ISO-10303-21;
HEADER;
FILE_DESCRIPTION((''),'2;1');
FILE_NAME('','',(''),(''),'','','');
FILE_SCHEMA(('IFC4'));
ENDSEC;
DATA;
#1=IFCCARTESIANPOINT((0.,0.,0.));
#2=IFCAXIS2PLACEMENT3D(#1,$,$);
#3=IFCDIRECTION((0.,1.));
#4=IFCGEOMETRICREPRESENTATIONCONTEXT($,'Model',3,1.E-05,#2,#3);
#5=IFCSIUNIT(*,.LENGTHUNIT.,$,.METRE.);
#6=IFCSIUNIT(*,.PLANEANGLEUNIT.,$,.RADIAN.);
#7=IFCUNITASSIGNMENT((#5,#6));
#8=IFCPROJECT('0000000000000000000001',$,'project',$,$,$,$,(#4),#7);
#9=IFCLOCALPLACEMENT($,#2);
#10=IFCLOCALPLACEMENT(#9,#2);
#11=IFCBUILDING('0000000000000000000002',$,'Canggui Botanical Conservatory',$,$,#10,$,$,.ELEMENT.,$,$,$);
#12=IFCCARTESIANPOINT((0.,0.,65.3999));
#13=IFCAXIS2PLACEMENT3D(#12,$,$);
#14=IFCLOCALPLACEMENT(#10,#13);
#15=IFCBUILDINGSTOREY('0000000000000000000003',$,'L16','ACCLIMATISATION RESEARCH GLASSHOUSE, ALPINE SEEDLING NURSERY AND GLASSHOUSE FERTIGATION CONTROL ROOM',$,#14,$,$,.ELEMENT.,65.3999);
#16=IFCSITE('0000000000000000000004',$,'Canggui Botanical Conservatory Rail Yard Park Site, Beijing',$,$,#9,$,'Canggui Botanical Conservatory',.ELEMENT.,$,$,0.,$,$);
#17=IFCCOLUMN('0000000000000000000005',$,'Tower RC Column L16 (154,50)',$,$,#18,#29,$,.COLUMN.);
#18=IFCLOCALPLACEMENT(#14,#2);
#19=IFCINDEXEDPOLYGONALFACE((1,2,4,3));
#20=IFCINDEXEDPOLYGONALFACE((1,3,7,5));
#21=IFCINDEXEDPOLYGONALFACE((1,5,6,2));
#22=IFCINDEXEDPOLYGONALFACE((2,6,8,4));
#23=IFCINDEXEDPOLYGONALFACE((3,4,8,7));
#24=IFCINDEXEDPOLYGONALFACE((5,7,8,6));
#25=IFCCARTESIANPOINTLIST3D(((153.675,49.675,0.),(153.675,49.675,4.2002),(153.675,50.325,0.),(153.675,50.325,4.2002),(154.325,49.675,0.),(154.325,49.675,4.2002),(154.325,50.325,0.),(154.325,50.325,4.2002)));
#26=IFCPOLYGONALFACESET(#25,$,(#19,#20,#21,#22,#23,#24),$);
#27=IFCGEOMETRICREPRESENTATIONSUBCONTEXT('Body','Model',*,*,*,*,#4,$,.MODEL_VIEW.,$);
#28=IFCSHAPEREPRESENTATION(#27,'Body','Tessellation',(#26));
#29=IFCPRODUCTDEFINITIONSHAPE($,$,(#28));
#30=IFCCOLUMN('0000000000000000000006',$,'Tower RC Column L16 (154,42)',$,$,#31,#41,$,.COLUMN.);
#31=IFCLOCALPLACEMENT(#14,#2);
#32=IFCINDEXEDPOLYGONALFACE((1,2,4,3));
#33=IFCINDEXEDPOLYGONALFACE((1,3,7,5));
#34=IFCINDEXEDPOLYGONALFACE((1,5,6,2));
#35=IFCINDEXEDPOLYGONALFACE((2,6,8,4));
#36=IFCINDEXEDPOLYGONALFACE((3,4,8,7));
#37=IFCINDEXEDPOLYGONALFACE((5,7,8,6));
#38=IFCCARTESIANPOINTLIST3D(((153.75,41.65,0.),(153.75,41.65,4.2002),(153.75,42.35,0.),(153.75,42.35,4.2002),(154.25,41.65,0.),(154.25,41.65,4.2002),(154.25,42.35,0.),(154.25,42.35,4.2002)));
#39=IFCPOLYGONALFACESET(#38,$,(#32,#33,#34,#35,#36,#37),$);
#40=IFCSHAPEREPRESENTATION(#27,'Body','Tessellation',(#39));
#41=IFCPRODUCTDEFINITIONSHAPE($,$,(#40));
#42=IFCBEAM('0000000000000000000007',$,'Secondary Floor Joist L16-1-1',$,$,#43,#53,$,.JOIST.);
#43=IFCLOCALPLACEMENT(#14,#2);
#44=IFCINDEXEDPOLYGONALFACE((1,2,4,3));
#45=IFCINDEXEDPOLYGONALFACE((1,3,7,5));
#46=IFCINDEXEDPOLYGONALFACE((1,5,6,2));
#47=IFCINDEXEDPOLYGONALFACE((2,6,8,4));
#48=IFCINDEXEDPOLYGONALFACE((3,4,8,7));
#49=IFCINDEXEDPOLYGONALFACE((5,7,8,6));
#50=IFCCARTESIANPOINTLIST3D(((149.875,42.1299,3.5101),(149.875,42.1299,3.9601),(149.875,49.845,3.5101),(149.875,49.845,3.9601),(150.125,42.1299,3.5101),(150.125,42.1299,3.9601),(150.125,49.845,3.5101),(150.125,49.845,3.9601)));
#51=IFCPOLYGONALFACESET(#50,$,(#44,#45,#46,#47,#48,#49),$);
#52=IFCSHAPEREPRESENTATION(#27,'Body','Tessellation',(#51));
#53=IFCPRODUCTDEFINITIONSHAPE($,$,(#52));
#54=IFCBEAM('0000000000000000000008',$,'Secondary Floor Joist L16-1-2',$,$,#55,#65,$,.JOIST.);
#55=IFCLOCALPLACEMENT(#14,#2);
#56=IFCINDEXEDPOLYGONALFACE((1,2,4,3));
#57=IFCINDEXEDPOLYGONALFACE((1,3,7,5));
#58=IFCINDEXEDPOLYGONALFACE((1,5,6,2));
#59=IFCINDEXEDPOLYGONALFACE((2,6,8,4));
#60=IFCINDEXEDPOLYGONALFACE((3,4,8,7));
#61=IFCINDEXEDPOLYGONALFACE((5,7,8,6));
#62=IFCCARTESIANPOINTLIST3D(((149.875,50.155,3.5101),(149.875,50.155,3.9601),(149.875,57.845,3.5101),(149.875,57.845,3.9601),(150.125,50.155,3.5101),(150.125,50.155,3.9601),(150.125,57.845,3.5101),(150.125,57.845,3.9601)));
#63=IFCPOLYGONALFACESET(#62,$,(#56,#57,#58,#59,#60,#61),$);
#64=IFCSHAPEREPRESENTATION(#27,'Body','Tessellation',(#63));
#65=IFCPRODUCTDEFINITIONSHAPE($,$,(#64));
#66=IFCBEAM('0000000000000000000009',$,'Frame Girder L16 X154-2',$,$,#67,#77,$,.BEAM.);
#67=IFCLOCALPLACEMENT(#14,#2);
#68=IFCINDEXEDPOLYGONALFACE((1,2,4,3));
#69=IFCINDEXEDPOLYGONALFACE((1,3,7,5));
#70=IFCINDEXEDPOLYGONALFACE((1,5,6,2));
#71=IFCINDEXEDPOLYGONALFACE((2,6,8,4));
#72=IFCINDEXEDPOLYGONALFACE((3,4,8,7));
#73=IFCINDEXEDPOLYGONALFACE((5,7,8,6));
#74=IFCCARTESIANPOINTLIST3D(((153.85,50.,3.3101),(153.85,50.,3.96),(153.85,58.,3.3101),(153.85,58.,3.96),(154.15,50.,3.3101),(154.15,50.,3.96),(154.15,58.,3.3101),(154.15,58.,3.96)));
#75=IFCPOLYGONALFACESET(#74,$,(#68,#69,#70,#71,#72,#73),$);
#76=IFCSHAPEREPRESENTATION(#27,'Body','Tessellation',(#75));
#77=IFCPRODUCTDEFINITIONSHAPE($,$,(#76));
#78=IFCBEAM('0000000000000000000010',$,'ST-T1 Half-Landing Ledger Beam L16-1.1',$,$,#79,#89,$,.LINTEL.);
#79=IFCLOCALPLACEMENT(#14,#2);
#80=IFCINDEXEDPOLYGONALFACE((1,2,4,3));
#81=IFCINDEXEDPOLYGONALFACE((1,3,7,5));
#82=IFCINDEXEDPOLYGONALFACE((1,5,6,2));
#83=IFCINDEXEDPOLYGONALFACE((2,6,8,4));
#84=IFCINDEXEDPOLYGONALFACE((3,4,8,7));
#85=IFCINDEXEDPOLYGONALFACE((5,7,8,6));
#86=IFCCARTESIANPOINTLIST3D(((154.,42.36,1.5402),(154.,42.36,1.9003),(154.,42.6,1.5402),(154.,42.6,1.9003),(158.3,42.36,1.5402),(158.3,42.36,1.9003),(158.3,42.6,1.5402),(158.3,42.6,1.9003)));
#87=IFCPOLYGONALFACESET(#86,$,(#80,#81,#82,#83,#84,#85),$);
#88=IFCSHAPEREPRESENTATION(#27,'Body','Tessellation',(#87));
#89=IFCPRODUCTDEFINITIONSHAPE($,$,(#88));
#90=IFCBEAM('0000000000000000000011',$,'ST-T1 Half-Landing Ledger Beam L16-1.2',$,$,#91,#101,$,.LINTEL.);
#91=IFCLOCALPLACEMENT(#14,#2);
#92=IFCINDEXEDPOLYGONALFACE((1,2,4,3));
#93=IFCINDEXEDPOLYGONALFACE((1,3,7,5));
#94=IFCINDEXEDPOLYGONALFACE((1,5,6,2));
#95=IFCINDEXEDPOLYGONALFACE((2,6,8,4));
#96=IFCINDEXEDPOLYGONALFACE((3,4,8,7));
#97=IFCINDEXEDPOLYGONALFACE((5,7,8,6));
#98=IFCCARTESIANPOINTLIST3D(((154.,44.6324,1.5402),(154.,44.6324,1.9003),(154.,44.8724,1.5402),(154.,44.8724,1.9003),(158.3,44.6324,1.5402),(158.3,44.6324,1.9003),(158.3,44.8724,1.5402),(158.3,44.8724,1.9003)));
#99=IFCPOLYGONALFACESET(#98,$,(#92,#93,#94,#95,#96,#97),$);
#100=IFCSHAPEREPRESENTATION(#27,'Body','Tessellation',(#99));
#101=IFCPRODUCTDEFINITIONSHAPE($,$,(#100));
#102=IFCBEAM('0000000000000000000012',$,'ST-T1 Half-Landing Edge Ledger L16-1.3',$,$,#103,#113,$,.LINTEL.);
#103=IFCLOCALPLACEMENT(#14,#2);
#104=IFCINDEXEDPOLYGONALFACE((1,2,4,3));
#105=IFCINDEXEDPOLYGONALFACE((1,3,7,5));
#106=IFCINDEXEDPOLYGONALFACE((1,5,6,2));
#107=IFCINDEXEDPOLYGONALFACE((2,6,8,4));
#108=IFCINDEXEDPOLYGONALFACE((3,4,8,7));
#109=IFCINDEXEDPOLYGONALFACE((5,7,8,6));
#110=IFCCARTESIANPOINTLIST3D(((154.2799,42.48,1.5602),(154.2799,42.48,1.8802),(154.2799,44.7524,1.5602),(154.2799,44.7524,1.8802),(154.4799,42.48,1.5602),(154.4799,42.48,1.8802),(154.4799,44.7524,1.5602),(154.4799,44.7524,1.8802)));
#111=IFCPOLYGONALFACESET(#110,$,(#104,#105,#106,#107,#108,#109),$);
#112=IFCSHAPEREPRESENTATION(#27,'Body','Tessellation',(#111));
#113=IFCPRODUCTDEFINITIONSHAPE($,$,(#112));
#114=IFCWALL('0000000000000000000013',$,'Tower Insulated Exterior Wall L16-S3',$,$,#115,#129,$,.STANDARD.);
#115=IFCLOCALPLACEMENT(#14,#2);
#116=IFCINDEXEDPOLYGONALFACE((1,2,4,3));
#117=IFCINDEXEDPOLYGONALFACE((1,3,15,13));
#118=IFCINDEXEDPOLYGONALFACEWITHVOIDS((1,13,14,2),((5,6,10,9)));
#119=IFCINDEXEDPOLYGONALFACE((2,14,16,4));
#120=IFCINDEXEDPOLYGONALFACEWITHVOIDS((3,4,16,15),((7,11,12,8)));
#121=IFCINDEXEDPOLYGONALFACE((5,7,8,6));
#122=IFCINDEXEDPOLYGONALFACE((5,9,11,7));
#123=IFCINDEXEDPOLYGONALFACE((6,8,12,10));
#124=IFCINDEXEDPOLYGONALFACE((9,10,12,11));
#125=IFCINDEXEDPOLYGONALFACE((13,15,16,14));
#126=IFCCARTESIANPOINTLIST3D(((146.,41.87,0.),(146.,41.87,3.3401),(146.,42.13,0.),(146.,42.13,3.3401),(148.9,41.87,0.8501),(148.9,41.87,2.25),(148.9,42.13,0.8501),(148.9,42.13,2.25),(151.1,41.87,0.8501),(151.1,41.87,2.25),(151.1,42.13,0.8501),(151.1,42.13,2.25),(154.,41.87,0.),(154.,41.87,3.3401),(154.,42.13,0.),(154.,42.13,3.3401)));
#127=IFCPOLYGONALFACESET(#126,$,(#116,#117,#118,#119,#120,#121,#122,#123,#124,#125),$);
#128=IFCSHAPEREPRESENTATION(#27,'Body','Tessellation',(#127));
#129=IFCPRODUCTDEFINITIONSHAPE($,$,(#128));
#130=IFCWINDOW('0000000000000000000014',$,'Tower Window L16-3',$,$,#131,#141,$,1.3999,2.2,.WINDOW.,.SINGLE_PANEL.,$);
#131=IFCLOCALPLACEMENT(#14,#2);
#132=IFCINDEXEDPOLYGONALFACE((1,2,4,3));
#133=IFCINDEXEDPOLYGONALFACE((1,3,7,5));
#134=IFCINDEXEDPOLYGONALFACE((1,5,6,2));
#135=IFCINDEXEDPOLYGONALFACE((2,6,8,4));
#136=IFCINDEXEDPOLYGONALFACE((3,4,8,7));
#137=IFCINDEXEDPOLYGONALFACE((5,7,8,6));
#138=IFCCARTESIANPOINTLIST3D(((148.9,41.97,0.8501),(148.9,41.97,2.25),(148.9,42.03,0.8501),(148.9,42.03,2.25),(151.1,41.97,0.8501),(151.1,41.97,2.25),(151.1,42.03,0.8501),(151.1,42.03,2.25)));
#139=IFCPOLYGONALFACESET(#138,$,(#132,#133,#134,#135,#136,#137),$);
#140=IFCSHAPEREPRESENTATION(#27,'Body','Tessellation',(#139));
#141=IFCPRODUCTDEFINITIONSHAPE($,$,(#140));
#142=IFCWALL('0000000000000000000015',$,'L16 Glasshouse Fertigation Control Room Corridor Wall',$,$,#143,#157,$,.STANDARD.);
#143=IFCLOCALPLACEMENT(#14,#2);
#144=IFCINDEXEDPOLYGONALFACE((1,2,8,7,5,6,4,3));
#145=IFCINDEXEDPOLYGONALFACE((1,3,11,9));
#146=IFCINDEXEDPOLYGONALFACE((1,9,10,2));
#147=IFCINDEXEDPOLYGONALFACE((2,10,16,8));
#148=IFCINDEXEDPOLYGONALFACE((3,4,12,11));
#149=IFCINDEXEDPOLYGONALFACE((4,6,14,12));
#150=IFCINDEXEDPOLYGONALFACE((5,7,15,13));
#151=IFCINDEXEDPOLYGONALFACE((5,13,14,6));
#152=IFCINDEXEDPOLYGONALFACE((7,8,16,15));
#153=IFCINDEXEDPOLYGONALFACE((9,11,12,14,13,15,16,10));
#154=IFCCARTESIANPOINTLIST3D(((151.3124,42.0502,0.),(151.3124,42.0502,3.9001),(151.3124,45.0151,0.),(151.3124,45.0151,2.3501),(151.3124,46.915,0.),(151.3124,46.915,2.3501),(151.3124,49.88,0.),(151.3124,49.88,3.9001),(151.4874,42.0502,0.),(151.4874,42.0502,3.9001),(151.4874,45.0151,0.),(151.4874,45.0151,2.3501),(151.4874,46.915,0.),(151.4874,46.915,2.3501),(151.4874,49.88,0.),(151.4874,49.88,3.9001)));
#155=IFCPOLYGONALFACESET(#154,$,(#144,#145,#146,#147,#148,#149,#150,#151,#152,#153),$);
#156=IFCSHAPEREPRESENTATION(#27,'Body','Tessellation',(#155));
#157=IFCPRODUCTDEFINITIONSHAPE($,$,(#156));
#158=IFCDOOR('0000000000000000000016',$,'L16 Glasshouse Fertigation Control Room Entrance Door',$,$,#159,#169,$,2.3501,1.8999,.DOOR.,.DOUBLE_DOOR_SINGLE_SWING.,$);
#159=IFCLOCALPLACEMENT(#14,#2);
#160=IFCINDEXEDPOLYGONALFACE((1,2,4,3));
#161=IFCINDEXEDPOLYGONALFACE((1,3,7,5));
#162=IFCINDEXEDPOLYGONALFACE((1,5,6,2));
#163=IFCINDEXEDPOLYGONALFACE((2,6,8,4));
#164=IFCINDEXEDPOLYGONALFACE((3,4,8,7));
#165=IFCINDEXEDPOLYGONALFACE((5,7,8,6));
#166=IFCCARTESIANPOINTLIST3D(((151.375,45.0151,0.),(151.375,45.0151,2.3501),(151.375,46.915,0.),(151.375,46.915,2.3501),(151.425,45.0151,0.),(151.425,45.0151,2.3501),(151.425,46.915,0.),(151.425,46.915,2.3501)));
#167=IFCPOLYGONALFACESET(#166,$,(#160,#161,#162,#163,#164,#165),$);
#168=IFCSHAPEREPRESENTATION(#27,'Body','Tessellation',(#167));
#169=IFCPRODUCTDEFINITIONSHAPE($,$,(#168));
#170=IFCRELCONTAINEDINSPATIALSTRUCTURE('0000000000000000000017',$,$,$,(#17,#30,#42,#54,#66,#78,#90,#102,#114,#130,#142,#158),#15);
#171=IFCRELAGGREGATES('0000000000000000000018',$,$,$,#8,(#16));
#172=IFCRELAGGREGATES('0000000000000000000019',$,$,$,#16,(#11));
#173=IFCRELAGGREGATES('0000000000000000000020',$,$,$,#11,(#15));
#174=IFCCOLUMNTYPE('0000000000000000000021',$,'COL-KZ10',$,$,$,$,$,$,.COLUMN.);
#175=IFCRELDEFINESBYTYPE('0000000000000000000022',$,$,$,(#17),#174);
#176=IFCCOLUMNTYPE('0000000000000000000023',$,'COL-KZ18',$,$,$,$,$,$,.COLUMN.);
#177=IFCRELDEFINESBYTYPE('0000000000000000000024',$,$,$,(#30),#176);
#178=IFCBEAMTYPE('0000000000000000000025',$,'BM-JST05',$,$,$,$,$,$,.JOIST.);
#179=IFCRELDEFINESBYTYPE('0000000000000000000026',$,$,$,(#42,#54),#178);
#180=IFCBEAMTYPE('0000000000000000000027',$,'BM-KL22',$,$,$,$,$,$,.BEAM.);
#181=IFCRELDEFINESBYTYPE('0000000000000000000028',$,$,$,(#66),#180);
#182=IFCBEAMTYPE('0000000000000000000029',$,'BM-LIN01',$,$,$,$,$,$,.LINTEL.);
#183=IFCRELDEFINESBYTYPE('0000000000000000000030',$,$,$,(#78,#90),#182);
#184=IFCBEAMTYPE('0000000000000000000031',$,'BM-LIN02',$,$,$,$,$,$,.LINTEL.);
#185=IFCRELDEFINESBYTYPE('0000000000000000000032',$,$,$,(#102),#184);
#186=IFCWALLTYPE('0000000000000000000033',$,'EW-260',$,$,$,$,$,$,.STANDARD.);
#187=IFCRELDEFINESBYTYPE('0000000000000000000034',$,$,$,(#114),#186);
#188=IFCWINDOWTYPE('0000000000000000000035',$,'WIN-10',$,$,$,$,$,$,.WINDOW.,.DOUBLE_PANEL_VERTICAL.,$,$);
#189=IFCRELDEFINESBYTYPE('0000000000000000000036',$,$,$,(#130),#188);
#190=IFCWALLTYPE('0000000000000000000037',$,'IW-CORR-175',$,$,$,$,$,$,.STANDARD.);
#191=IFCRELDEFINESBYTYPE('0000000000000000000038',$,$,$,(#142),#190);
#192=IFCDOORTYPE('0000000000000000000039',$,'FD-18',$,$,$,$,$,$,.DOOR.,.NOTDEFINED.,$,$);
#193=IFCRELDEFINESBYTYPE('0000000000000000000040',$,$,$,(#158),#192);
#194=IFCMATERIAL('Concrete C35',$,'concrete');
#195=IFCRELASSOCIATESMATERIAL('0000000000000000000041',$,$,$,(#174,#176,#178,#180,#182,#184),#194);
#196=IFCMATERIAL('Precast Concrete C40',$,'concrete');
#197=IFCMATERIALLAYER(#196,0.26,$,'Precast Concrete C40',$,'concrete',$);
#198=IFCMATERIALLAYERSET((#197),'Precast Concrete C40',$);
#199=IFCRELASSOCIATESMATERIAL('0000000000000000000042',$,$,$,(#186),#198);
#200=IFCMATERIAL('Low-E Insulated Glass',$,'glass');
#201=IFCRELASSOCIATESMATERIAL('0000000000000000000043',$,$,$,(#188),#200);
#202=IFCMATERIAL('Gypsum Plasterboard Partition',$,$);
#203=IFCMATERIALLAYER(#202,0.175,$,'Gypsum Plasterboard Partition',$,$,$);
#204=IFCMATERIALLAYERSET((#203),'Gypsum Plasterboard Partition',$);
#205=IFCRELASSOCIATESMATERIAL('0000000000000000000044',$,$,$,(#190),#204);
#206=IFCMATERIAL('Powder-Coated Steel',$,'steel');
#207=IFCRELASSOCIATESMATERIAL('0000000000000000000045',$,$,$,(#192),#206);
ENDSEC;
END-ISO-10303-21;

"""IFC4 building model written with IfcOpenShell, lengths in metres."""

from ifc_helpers import new_model, si_unit, direction, frame, frame_2d, origin, origin_2d, place, context, subcontext, project, spatial, rectangle, extrude, material, layer, layer_set, material_profile, profile_set, type_object, element, fill, save


model = new_model("IFC4")

# Units and contexts
model_context = context("Model", 3, precision=1e-05, world=origin(), true_north=direction((0.0, 1.0)))
body_context = subcontext(model_context, "Body", "Model", "MODEL_VIEW")
ifc_project = project(units=[si_unit("LENGTHUNIT", "METRE"), si_unit("PLANEANGLEUNIT", "RADIAN")], contexts=[model_context])

# Site, building, storey
site_placement = place(None, origin())
site = spatial("IfcSite", under=ifc_project, at=site_placement, Name="Canggui Botanical Conservatory Rail Yard Park Site, Beijing", LongName="Canggui Botanical Conservatory", CompositionType="ELEMENT", RefElevation=0.0)
building_placement = place(site_placement, origin())
building = spatial("IfcBuilding", under=site, at=building_placement, Name="Canggui Botanical Conservatory", CompositionType="ELEMENT")
storey_placement = place(building_placement, frame((0.0, 0.0, 65.3999)))
storey = spatial("IfcBuildingStorey", under=building, at=storey_placement, Name="L16", Description="ACCLIMATISATION RESEARCH GLASSHOUSE, ALPINE SEEDLING NURSERY AND GLASSHOUSE FERTIGATION CONTROL ROOM", CompositionType="ELEMENT", Elevation=65.3999)

# Columns
ifc_material_1 = material(Name="Concrete C35", Category="concrete")
ifc_material_profile_1 = material_profile(ifc_material_1, rectangle(XDim=0.6499, YDim=0.6499, at=origin_2d()), Name="RC 650x650")
ifc_profile_set_1 = profile_set([ifc_material_profile_1], Name="Concrete C35")
column_type_1 = type_object("IfcColumnType", Name="COL-KZ10", PredefinedType="COLUMN", material=ifc_profile_set_1)
column_1_placement = place(storey_placement, frame((154.0, 50.0, 0.0), z_axis=(0.0, 0.0, 1.0), x_axis=(1.0, 0.0, 0.0)))
element("IfcColumn", 1, at=column_1_placement, inside=storey, type_object=column_type_1, Name="Tower RC Column L16 (154,50)", PredefinedType="COLUMN", context=body_context, shape_type="SweptSolid", body=[
    extrude(rectangle(XDim=0.6499, YDim=0.6499, at=origin_2d()), origin(), (0.0, 0.0, 1.0), 4.2002),
])
ifc_material_profile_2 = material_profile(ifc_material_1, rectangle(XDim=0.5, YDim=0.7, at=origin_2d()), Name="RC 500x700")
ifc_profile_set_2 = profile_set([ifc_material_profile_2], Name="Concrete C35")
column_type_2 = type_object("IfcColumnType", Name="COL-KZ18", PredefinedType="COLUMN", material=ifc_profile_set_2)
column_2_placement = place(storey_placement, frame((154.0, 42.0, 0.0), z_axis=(0.0, 0.0, 1.0), x_axis=(1.0, 0.0, 0.0)))
element("IfcColumn", 2, at=column_2_placement, inside=storey, type_object=column_type_2, Name="Tower RC Column L16 (154,42)", PredefinedType="COLUMN", context=body_context, shape_type="SweptSolid", body=[
    extrude(rectangle(XDim=0.5, YDim=0.7, at=origin_2d()), origin(), (0.0, 0.0, 1.0), 4.2002),
])

# Beams
ifc_material_profile_3 = material_profile(ifc_material_1, rectangle(XDim=0.25, YDim=0.45, at=origin_2d()), Name="RB 250x450")
ifc_profile_set_3 = profile_set([ifc_material_profile_3], Name="Concrete C35")
beam_type_1 = type_object("IfcBeamType", Name="BM-JST05", PredefinedType="JOIST", material=ifc_profile_set_3)
beam_1_placement = place(storey_placement, frame((150.0, 42.1299, 3.7351), z_axis=(0.0, 1.0, 0.0), x_axis=(-1.0, 0.0, 0.0)))
element("IfcBeam", 3, at=beam_1_placement, inside=storey, type_object=beam_type_1, Name="Secondary Floor Joist L16-1-1", PredefinedType="JOIST", context=body_context, shape_type="SweptSolid", body=[
    extrude(rectangle(XDim=0.25, YDim=0.45, at=origin_2d()), origin(), (0.0, 0.0, 1.0), 7.7151),
])
beam_2_placement = place(storey_placement, frame((150.0, 50.155, 3.7351), z_axis=(0.0, 1.0, 0.0), x_axis=(-1.0, 0.0, 0.0)))
element("IfcBeam", 4, at=beam_2_placement, inside=storey, type_object=beam_type_1, Name="Secondary Floor Joist L16-1-2", PredefinedType="JOIST", context=body_context, shape_type="SweptSolid", body=[
    extrude(rectangle(XDim=0.25, YDim=0.45, at=origin_2d()), origin(), (0.0, 0.0, 1.0), 7.6899),
])
ifc_material_profile_4 = material_profile(ifc_material_1, rectangle(XDim=0.3, YDim=0.6499, at=origin_2d()), Name="RB 300x650")
ifc_profile_set_4 = profile_set([ifc_material_profile_4], Name="Concrete C35")
beam_type_2 = type_object("IfcBeamType", Name="BM-KL22", PredefinedType="BEAM", material=ifc_profile_set_4)
beam_3_placement = place(storey_placement, frame((154.0, 50.0, 3.635), z_axis=(0.0, 1.0, 0.0), x_axis=(-1.0, 0.0, 0.0)))
element("IfcBeam", 5, at=beam_3_placement, inside=storey, type_object=beam_type_2, Name="Frame Girder L16 X154-2", PredefinedType="BEAM", context=body_context, shape_type="SweptSolid", body=[
    extrude(rectangle(XDim=0.3, YDim=0.6499, at=origin_2d()), origin(), (0.0, 0.0, 1.0), 8.0),
])
ifc_material_profile_5 = material_profile(ifc_material_1, rectangle(XDim=0.24, YDim=0.3601, at=origin_2d()), Name="RB 240x360")
ifc_profile_set_5 = profile_set([ifc_material_profile_5], Name="Concrete C35")
beam_type_3 = type_object("IfcBeamType", Name="BM-LIN01", PredefinedType="LINTEL", material=ifc_profile_set_5)
for number, where, z_axis, x_axis, name in (
    (6, (154.0, 42.48, 1.7202), (1.0, 0.0, 0.0), (0.0, 1.0, 0.0), "ST-T1 Half-Landing Ledger Beam L16-1.1"),
    (7, (154.0, 44.7524, 1.7202), (1.0, 0.0, 0.0), (0.0, 1.0, 0.0), "ST-T1 Half-Landing Ledger Beam L16-1.2"),
):
    element("IfcBeam", number, at=place(storey_placement, frame(where, z_axis=z_axis, x_axis=x_axis)), inside=storey, type_object=beam_type_3, Name=name, PredefinedType="LINTEL", context=body_context, shape_type="SweptSolid", body=[
        extrude(rectangle(XDim=0.24, YDim=0.3601, at=origin_2d()), origin(), (0.0, 0.0, 1.0), 4.3),
    ])
ifc_material_profile_6 = material_profile(ifc_material_1, rectangle(XDim=0.2, YDim=0.3201, at=origin_2d()), Name="RB 200x320")
ifc_profile_set_6 = profile_set([ifc_material_profile_6], Name="Concrete C35")
beam_type_4 = type_object("IfcBeamType", Name="BM-LIN02", PredefinedType="LINTEL", material=ifc_profile_set_6)
beam_4_placement = place(storey_placement, frame((154.3799, 42.48, 1.7202), z_axis=(0.0, 1.0, 0.0), x_axis=(-1.0, 0.0, 0.0)))
element("IfcBeam", 8, at=beam_4_placement, inside=storey, type_object=beam_type_4, Name="ST-T1 Half-Landing Edge Ledger L16-1.3", PredefinedType="LINTEL", context=body_context, shape_type="SweptSolid", body=[
    extrude(rectangle(XDim=0.2, YDim=0.3201, at=origin_2d()), origin(), (0.0, 0.0, 1.0), 2.2725),
])

# Wall, opening, window
ifc_material_2 = material(Name="Precast Concrete C40", Category="concrete")
ifc_layer_1 = layer(ifc_material_2, 0.26, Name="Precast Concrete C40", Category="concrete")
ifc_layer_set_1 = layer_set([ifc_layer_1], Name="Precast Concrete C40")
wall_type_1 = type_object("IfcWallType", Name="EW-260", PredefinedType="STANDARD", material=ifc_layer_set_1)
wall_1_placement = place(storey_placement, frame((154.0, 42.0, 0.0), z_axis=(0.0, 0.0, 1.0), x_axis=(-1.0, 0.0, 0.0)))
wall_1 = element("IfcWall", 9, at=wall_1_placement, inside=storey, type_object=wall_type_1, Name="Tower Insulated Exterior Wall L16-S3", PredefinedType="STANDARD", context=body_context, shape_type="SweptSolid", body=[
    extrude(rectangle(XDim=8.0, YDim=0.26, at=frame_2d((4.0, 0.0))), origin(), (0.0, 0.0, 1.0), 3.3401),
])
opening_1_placement = place(wall_1_placement, frame((2.8999, 0.0, 0.8501)))
opening_1 = element("IfcOpeningElement", 10, at=opening_1_placement, cuts=wall_1, PredefinedType="OPENING", context=body_context, shape_type="SweptSolid", body=[
    extrude(rectangle(XDim=2.2, YDim=1.3999, at=frame_2d((1.1001, 0.7))), frame((0.0, 0.1401, 0.0), z_axis=(0.0, -1.0, 0.0), x_axis=(1.0, 0.0, 0.0)), (0.0, 0.0, 1.0), 0.28),
])
ifc_material_3 = material(Name="Low-E Insulated Glass", Category="glass")
window_type = type_object("IfcWindowType", Name="WIN-10", PartitioningType="DOUBLE_PANEL_VERTICAL", PredefinedType="WINDOW", material=ifc_material_3)
window_placement = place(opening_1_placement, origin())
window = element("IfcWindow", 11, at=window_placement, inside=storey, type_object=window_type, Name="Tower Window L16-3", OverallHeight=1.3999, OverallWidth=2.2, PartitioningType="SINGLE_PANEL", PredefinedType="WINDOW", context=body_context, shape_type="SweptSolid", body=[
    extrude(rectangle(XDim=2.2, YDim=1.3999, at=frame_2d((1.1001, 0.7))), frame((0.0, 0.03, 0.0), z_axis=(0.0, -1.0, 0.0), x_axis=(1.0, 0.0, 0.0)), (0.0, 0.0, 1.0), 0.0601),
])
fill(opening_1, window)

# Wall, opening, door
ifc_material_4 = material(Name="Gypsum Plasterboard Partition")
ifc_layer_2 = layer(ifc_material_4, 0.175, Name="Gypsum Plasterboard Partition")
ifc_layer_set_2 = layer_set([ifc_layer_2], Name="Gypsum Plasterboard Partition")
wall_type_2 = type_object("IfcWallType", Name="IW-CORR-175", PredefinedType="STANDARD", material=ifc_layer_set_2)
wall_2_placement = place(storey_placement, frame((151.3999, 42.05, 0.0), z_axis=(0.0, 0.0, 1.0), x_axis=(0.0, 1.0, 0.0)))
wall_2 = element("IfcWall", 12, at=wall_2_placement, inside=storey, type_object=wall_type_2, Name="L16 Glasshouse Fertigation Control Room Corridor Wall", PredefinedType="STANDARD", context=body_context, shape_type="SweptSolid", body=[
    extrude(rectangle(XDim=7.8298, YDim=0.175, at=frame_2d((3.915, 0.0))), origin(), (0.0, 0.0, 1.0), 3.9001),
])
opening_2_placement = place(wall_2_placement, frame((2.9651, 0.0, 0.0)))
opening_2 = element("IfcOpeningElement", 13, at=opening_2_placement, cuts=wall_2, PredefinedType="OPENING", context=body_context, shape_type="SweptSolid", body=[
    extrude(rectangle(XDim=1.8999, YDim=2.3501, at=frame_2d((0.95, 1.175))), frame((0.0, 0.0977, 0.0), z_axis=(0.0, -1.0, 0.0), x_axis=(1.0, 0.0, 0.0)), (0.0, 0.0, 1.0), 0.1951),
])
ifc_material_5 = material(Name="Powder-Coated Steel", Category="steel")
door_type_1 = type_object("IfcDoorType", Name="FD-18", OperationType="NOTDEFINED", PredefinedType="DOOR", material=ifc_material_5)
door_1_placement = place(opening_2_placement, origin())
door_1 = element("IfcDoor", 14, at=door_1_placement, inside=storey, type_object=door_type_1, Name="L16 Glasshouse Fertigation Control Room Entrance Door", OperationType="DOUBLE_DOOR_SINGLE_SWING", OverallHeight=2.3501, OverallWidth=1.8999, PredefinedType="DOOR", context=body_context, shape_type="SweptSolid", body=[
    extrude(rectangle(XDim=1.8999, YDim=2.3501, at=frame_2d((0.95, 1.175))), frame((0.0, 0.0249, 0.0), z_axis=(0.0, -1.0, 0.0), x_axis=(1.0, 0.0, 0.0)), (0.0, 0.0, 1.0), 0.05),
])
fill(opening_2, door_1)

save(model, "model.ifc")
